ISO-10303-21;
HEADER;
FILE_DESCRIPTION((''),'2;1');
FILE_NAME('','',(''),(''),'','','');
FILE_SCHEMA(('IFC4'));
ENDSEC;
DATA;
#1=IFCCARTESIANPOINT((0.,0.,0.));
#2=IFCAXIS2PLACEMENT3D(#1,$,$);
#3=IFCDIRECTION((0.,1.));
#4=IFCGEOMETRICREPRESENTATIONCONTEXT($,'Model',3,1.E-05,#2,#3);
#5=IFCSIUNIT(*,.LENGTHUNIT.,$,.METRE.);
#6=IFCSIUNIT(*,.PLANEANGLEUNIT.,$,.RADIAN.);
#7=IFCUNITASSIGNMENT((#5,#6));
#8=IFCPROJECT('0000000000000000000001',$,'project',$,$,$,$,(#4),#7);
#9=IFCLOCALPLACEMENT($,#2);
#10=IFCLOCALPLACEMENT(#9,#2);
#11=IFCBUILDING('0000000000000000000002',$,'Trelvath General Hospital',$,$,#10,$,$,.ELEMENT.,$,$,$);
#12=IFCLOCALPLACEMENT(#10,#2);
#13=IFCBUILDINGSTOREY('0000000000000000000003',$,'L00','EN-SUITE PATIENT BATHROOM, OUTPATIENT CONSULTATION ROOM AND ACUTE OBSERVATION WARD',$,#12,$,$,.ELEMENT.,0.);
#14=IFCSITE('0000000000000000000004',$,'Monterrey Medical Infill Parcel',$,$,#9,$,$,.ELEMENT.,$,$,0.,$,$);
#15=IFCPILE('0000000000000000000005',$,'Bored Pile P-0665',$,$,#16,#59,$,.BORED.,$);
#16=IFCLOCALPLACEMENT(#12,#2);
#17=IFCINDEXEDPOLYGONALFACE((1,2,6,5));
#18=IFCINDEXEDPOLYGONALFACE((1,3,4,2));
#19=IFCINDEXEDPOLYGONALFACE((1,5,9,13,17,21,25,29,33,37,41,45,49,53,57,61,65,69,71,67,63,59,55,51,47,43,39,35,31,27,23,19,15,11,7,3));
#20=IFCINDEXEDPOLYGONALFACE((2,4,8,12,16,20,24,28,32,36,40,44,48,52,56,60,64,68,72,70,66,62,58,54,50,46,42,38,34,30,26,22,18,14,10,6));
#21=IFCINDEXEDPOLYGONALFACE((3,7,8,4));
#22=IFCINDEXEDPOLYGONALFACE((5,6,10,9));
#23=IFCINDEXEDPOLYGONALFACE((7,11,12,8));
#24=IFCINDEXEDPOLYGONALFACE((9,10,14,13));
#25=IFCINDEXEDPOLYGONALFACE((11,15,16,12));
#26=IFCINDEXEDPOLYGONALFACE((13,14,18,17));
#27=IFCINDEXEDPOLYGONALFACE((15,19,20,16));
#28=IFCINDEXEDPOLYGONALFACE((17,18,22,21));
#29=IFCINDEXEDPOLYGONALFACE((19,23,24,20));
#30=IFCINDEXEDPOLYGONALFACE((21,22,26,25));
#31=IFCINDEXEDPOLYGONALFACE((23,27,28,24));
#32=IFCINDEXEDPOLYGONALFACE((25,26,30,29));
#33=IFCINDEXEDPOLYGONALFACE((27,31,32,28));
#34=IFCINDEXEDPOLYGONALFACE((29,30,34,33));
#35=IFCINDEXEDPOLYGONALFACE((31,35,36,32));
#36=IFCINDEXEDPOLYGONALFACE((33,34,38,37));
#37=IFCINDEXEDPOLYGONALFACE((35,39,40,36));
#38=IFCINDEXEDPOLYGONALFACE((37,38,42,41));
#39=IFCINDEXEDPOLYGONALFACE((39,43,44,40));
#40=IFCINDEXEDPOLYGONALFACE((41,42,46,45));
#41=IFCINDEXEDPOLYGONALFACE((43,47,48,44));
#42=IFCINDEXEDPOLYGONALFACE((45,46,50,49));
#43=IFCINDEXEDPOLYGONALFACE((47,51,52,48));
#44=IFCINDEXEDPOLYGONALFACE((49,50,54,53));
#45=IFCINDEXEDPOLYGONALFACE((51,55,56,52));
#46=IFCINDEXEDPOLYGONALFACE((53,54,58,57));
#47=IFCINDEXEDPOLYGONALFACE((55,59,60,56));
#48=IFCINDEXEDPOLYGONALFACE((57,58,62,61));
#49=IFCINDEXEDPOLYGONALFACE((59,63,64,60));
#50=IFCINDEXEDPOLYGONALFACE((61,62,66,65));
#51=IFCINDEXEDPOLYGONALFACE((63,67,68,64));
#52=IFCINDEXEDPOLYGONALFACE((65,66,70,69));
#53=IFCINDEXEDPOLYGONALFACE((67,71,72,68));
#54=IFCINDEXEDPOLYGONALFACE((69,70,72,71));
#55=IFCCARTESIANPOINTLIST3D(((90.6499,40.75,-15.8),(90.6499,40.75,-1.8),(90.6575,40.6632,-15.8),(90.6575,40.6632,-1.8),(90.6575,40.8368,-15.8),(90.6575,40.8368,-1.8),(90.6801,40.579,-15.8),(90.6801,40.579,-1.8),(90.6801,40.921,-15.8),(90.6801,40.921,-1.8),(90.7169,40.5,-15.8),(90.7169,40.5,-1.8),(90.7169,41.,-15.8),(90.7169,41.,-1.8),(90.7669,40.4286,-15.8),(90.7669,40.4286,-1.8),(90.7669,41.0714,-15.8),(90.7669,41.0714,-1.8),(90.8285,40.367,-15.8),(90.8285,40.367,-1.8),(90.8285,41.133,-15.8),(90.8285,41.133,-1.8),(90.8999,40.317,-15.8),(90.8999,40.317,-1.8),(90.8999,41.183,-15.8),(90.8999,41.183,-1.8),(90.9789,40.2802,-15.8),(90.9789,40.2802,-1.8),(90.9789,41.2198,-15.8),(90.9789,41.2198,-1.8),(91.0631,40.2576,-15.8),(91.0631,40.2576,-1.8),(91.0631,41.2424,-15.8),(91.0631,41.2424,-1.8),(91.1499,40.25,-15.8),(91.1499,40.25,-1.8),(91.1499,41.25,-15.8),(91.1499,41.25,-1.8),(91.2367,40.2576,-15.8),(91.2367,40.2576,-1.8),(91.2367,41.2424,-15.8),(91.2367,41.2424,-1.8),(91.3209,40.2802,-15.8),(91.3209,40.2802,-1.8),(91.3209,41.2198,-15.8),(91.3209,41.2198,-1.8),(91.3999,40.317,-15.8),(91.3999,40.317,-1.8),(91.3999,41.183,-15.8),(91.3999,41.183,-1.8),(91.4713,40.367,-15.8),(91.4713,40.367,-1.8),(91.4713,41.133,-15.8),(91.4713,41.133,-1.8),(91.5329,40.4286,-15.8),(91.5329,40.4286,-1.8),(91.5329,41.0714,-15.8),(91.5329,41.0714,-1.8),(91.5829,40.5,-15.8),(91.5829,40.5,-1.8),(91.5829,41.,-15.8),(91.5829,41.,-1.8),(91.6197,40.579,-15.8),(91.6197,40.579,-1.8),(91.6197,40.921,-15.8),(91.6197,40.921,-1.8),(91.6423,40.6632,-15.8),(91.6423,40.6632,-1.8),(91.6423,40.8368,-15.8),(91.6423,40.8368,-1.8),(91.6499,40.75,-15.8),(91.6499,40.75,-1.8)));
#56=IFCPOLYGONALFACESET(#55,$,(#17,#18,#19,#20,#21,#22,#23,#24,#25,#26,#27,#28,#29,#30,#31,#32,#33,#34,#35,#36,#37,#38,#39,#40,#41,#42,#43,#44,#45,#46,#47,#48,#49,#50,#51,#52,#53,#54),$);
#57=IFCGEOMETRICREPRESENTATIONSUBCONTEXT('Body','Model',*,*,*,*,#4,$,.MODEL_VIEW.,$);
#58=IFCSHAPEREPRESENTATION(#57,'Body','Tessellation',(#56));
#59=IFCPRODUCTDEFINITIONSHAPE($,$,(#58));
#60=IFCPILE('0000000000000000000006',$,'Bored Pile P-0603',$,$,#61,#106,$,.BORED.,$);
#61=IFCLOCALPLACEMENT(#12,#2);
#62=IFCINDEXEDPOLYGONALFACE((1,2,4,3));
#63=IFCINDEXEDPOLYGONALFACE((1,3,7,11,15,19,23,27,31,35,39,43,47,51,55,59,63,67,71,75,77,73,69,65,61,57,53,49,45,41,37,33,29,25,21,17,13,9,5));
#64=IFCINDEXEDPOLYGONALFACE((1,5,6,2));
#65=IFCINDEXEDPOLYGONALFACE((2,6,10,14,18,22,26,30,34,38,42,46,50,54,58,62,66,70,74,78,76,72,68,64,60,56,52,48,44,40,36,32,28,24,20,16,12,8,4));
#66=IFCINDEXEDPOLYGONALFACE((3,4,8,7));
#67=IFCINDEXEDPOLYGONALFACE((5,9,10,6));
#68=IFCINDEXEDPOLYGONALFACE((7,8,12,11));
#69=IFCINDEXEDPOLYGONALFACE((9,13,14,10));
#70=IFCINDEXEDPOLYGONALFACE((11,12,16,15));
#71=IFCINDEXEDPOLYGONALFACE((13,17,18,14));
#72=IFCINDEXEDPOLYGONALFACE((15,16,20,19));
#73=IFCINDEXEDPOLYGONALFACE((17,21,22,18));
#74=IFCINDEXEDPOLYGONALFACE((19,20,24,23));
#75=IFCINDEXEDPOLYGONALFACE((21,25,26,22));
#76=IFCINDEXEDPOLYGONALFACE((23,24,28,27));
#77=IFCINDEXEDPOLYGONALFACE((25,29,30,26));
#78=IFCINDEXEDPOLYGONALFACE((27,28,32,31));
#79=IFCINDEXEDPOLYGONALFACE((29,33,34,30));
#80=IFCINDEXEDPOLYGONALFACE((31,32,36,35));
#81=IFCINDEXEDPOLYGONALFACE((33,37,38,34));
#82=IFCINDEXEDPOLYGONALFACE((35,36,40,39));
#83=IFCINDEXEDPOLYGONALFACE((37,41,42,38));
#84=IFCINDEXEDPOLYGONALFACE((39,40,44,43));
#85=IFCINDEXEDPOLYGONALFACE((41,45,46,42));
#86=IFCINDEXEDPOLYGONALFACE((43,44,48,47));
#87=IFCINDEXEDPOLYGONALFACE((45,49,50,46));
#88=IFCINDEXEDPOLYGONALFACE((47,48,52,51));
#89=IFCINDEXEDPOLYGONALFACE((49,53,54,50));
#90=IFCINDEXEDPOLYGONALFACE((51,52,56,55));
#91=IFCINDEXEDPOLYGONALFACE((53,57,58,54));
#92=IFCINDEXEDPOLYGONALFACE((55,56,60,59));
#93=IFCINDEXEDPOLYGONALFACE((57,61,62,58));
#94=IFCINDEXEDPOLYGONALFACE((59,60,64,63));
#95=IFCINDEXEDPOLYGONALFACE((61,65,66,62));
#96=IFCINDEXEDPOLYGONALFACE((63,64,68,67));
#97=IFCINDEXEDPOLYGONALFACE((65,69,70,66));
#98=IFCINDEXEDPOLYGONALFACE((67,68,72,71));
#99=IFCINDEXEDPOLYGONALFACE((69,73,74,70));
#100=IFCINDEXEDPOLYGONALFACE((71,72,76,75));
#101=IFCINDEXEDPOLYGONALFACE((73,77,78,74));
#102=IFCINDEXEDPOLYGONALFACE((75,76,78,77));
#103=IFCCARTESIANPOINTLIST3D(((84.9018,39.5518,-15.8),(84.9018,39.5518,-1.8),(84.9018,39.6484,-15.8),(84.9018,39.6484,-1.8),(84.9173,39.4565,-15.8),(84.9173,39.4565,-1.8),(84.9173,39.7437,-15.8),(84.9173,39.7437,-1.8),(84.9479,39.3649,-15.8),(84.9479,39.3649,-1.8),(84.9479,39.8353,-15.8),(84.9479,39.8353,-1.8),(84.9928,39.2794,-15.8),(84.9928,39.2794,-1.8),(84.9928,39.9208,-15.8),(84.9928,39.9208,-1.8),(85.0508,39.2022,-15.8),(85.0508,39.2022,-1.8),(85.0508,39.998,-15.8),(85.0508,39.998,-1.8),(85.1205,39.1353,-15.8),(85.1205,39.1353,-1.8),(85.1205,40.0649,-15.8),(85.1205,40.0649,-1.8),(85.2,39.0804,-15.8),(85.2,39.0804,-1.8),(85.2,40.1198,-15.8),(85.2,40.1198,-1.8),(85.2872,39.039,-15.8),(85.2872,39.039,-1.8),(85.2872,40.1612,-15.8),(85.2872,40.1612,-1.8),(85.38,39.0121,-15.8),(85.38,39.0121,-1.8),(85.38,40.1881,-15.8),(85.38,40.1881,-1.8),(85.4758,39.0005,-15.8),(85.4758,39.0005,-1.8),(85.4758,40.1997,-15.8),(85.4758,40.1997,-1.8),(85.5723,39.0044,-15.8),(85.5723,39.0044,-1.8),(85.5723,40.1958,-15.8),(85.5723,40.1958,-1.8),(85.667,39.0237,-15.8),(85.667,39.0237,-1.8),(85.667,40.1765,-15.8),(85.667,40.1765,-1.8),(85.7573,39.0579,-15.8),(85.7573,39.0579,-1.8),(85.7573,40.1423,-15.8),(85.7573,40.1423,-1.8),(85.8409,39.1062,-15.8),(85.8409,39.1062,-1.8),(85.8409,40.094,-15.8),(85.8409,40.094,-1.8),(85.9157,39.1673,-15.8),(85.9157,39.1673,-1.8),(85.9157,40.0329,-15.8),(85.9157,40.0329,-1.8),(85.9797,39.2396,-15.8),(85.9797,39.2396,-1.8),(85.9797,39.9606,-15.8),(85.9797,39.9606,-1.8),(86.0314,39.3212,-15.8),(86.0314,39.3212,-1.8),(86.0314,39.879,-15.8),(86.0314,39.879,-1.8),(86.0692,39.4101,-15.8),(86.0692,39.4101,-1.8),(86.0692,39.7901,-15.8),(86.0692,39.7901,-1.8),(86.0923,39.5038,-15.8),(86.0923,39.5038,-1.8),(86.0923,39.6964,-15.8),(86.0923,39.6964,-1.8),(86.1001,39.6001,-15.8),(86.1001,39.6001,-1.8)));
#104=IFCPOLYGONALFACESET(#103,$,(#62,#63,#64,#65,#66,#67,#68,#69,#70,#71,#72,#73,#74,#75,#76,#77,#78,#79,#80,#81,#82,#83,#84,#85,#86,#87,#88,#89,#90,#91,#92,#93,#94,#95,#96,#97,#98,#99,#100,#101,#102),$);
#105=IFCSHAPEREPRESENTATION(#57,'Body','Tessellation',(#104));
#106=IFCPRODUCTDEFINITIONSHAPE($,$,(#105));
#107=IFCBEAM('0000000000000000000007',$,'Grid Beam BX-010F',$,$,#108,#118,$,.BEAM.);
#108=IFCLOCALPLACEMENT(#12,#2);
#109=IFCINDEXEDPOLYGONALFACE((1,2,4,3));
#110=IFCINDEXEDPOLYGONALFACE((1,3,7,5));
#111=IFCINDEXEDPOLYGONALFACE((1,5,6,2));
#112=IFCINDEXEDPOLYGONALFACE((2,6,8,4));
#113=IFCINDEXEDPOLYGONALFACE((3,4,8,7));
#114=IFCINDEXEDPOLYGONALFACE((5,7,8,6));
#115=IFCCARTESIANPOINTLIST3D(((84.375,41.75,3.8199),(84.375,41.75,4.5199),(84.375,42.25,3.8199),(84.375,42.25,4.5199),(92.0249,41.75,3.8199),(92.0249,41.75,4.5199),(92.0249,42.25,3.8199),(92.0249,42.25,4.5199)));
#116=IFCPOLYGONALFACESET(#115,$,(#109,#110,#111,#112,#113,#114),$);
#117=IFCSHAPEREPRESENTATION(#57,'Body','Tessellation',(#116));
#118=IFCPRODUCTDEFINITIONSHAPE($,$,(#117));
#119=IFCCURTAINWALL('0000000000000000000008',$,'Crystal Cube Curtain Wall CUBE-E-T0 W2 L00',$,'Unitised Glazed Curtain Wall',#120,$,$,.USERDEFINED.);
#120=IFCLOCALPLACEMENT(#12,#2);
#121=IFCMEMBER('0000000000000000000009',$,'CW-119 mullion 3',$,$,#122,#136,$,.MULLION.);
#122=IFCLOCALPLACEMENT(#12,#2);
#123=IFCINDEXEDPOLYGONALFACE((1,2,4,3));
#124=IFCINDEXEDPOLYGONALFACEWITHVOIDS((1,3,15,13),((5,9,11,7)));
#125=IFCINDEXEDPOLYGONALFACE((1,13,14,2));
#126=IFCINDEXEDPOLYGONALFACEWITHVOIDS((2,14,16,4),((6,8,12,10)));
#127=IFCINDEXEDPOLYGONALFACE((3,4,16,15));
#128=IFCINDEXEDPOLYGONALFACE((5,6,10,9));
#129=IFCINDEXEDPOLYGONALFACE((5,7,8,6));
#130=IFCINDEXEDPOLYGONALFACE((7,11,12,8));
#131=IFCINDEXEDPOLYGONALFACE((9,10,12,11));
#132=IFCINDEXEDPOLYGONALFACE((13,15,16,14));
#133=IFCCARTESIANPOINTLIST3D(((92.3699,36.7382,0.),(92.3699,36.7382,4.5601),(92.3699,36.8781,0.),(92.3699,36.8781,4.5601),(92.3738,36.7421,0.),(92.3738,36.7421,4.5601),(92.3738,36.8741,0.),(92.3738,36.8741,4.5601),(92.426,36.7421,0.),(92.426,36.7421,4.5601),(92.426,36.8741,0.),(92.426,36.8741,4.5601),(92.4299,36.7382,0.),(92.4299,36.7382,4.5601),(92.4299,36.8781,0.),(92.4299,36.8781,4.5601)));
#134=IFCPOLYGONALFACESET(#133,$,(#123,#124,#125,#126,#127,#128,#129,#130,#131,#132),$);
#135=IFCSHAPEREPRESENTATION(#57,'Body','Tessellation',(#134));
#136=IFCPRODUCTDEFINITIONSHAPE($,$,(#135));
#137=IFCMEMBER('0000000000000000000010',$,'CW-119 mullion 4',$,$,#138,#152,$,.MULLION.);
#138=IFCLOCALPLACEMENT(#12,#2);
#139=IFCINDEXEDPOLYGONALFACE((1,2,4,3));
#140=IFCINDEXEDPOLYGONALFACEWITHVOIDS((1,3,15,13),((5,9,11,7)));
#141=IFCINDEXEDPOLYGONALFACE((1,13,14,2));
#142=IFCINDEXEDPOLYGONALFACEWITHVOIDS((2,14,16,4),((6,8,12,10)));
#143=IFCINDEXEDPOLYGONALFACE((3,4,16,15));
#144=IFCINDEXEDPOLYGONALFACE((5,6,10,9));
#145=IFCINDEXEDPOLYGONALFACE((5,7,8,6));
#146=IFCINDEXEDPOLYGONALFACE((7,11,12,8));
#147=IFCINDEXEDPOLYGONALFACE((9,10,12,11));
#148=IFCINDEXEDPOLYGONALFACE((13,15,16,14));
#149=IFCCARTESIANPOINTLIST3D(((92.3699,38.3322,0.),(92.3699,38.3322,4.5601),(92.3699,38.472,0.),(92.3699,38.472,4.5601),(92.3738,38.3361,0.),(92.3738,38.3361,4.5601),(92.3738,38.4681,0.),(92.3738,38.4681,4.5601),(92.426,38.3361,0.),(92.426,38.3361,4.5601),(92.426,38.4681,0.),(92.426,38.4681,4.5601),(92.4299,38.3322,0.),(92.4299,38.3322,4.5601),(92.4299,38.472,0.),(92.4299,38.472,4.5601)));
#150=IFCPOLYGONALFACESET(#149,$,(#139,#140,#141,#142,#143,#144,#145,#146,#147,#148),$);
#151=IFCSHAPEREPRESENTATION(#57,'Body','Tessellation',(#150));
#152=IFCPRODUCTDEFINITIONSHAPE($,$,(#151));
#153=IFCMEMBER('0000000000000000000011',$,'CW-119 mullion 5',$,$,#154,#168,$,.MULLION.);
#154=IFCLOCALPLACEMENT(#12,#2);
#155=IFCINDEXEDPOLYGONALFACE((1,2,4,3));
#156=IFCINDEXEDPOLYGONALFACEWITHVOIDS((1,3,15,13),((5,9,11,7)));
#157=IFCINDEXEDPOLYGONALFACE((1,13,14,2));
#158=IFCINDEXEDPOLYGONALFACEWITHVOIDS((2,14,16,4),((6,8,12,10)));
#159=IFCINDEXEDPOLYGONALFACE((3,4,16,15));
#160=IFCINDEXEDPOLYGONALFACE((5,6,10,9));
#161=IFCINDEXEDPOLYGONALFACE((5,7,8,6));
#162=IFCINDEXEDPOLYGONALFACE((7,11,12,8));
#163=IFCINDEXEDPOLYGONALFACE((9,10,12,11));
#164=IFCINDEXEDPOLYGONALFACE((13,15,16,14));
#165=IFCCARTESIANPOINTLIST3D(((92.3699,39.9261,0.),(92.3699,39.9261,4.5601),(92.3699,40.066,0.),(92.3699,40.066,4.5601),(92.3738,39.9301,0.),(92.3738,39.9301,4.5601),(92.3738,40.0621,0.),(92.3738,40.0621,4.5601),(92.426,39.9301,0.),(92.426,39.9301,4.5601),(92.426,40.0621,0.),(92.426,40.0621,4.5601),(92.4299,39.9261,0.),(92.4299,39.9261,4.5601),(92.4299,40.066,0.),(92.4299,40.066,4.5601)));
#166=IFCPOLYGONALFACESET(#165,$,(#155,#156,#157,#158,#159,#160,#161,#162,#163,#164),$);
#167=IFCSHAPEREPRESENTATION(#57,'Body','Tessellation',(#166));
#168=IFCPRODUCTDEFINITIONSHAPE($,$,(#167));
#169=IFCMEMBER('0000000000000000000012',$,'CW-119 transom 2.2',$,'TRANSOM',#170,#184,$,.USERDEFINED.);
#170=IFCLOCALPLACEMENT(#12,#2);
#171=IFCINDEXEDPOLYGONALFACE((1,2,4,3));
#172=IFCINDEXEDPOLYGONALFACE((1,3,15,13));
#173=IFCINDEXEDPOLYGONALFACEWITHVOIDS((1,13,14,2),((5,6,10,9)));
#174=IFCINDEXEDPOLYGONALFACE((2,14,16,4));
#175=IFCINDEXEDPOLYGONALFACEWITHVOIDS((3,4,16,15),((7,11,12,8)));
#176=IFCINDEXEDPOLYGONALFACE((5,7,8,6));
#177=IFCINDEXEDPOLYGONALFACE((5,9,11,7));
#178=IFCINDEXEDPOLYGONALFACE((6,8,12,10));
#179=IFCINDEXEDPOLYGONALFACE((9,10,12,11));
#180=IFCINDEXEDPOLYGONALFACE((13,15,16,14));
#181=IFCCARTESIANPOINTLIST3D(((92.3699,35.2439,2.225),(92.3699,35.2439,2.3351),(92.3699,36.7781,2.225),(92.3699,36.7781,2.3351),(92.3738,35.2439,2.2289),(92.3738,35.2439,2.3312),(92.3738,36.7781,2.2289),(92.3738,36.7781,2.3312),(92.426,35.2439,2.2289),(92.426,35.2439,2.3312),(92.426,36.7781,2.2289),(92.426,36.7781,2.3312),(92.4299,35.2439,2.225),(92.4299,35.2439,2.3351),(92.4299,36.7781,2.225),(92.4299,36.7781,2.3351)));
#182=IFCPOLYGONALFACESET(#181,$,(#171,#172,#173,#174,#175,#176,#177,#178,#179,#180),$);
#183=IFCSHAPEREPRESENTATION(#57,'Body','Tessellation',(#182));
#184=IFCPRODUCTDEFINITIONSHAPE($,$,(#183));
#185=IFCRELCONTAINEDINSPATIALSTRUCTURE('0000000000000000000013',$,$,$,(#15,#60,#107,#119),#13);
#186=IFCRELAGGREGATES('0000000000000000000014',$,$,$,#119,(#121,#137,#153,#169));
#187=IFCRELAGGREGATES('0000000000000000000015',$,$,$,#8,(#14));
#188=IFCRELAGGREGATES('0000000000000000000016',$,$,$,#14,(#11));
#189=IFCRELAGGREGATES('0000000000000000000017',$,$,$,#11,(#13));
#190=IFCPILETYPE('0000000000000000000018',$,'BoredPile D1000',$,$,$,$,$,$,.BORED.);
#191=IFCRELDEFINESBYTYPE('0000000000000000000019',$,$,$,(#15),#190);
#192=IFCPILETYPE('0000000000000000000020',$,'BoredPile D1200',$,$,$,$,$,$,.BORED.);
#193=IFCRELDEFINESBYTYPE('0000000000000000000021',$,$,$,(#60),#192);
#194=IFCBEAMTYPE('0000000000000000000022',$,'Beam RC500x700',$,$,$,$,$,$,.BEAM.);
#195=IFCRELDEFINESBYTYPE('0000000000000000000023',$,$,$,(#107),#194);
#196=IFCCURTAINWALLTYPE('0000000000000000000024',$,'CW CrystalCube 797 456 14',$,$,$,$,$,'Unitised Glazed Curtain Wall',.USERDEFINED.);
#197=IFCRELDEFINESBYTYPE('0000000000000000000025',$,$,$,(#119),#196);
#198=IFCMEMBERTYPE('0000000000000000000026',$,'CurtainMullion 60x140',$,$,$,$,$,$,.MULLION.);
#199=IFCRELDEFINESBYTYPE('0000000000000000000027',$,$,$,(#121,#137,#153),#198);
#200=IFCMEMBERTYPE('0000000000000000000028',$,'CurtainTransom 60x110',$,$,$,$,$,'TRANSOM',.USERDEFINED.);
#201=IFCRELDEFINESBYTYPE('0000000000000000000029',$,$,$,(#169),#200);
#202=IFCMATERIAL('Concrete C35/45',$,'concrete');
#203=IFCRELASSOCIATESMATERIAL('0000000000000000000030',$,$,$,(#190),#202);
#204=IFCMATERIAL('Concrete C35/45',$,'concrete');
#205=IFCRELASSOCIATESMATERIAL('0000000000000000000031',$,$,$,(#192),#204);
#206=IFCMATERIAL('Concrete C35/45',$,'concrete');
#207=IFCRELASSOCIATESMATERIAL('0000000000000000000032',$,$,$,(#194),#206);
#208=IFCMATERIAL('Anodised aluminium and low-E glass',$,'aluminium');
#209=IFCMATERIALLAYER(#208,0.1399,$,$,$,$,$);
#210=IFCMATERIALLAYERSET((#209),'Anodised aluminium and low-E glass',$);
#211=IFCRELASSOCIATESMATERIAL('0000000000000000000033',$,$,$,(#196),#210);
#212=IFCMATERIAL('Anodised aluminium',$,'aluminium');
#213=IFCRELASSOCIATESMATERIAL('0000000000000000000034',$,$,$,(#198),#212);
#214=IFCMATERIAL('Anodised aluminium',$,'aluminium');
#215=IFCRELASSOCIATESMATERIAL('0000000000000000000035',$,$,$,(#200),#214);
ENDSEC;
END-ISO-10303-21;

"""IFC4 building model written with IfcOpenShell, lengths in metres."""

from ifc_helpers import new_model, si_unit, direction, frame, origin, origin_2d, place, context, subcontext, project, spatial, rectangle, hollow_rectangle, circle, extrude, material, layer, layer_set, material_profile, profile_set, type_object, element, aggregate, save


model = new_model("IFC4")

# Units and contexts
model_context = context("Model", 3, precision=1e-05, world=origin(), true_north=direction((0.0, 1.0)))
body_context = subcontext(model_context, "Body", "Model", "MODEL_VIEW")
ifc_project = project(units=[si_unit("LENGTHUNIT", "METRE"), si_unit("PLANEANGLEUNIT", "RADIAN")], contexts=[model_context])

# Site, building, storey
site_placement = place(None, origin())
site = spatial("IfcSite", under=ifc_project, at=site_placement, Name="Monterrey Medical Infill Parcel", CompositionType="ELEMENT", RefElevation=0.0)
building_placement = place(site_placement, origin())
building = spatial("IfcBuilding", under=site, at=building_placement, Name="Trelvath General Hospital", CompositionType="ELEMENT")
storey_placement = place(building_placement, origin())
storey = spatial("IfcBuildingStorey", under=building, at=storey_placement, Name="L00", Description="EN-SUITE PATIENT BATHROOM, OUTPATIENT CONSULTATION ROOM AND ACUTE OBSERVATION WARD", CompositionType="ELEMENT", Elevation=0.0)

# Piles
ifc_material_1 = material(Name="Concrete C35/45", Category="concrete")
ifc_material_profile_1 = material_profile(ifc_material_1, circle(Radius=0.5, at=origin_2d()), Name="PILE1000")
ifc_profile_set_1 = profile_set([ifc_material_profile_1], Name="Concrete C35/45")
pile_type_1 = type_object("IfcPileType", Name="BoredPile D1000", PredefinedType="BORED", material=ifc_profile_set_1)
pile_1_placement = place(storey_placement, frame((91.1499, 40.75, -1.8), z_axis=(0.0, 0.0, -1.0), x_axis=(1.0, 0.0, 0.0)))
element("IfcPile", 1, at=pile_1_placement, inside=storey, type_object=pile_type_1, Name="Bored Pile P-0665", PredefinedType="BORED", context=body_context, shape_type="SweptSolid", body=[
    extrude(circle(Radius=0.5, at=origin_2d()), origin(), (0.0, 0.0, 1.0), 14.0),
])
ifc_material_2 = material(Name="Concrete C35/45", Category="concrete")
ifc_material_profile_2 = material_profile(ifc_material_2, circle(Radius=0.6001, at=origin_2d()), Name="PILE1200")
ifc_profile_set_2 = profile_set([ifc_material_profile_2], Name="Concrete C35/45")
pile_type_2 = type_object("IfcPileType", Name="BoredPile D1200", PredefinedType="BORED", material=ifc_profile_set_2)
pile_2_placement = place(storey_placement, frame((85.5, 39.6001, -1.8), z_axis=(0.0, 0.0, -1.0), x_axis=(1.0, 0.0, 0.0)))
element("IfcPile", 2, at=pile_2_placement, inside=storey, type_object=pile_type_2, Name="Bored Pile P-0603", PredefinedType="BORED", context=body_context, shape_type="SweptSolid", body=[
    extrude(circle(Radius=0.6001, at=origin_2d()), origin(), (0.0, 0.0, 1.0), 14.0),
])

# Beam
ifc_material_3 = material(Name="Concrete C35/45", Category="concrete")
ifc_material_profile_3 = material_profile(ifc_material_3, rectangle(XDim=0.5, YDim=0.7, at=origin_2d()), Name="RCB500x700")
ifc_profile_set_3 = profile_set([ifc_material_profile_3], Name="Concrete C35/45")
beam_type = type_object("IfcBeamType", Name="Beam RC500x700", PredefinedType="BEAM", material=ifc_profile_set_3)
beam_placement = place(storey_placement, frame((84.375, 42.0, 4.1699), z_axis=(1.0, 0.0, 0.0), x_axis=(0.0, 1.0, 0.0)))
element("IfcBeam", 3, at=beam_placement, inside=storey, type_object=beam_type, Name="Grid Beam BX-010F", PredefinedType="BEAM", context=body_context, shape_type="SweptSolid", body=[
    extrude(rectangle(XDim=0.5, YDim=0.7, at=origin_2d()), origin(), (0.0, 0.0, 1.0), 7.6499),
])

# Curtain wall, members
ifc_material_4 = material(Name="Anodised aluminium and low-E glass", Category="aluminium")
ifc_layer_1 = layer(ifc_material_4, 0.1399)
ifc_layer_set_1 = layer_set([ifc_layer_1], Name="Anodised aluminium and low-E glass")
curtain_wall_type = type_object("IfcCurtainWallType", Name="CW CrystalCube 797 456 14", ElementType="Unitised Glazed Curtain Wall", PredefinedType="USERDEFINED", material=ifc_layer_set_1)
curtain_wall_placement = place(storey_placement, origin())
curtain_wall = element("IfcCurtainWall", 4, at=curtain_wall_placement, inside=storey, type_object=curtain_wall_type, Name="Crystal Cube Curtain Wall CUBE-E-T0 W2 L00", ObjectType="Unitised Glazed Curtain Wall", PredefinedType="USERDEFINED")
ifc_material_5 = material(Name="Anodised aluminium", Category="aluminium")
ifc_material_profile_4 = material_profile(ifc_material_5, hollow_rectangle(XDim=0.0601, YDim=0.1399, WallThickness=0.0039, at=origin_2d()), Name="RHS60x140x4")
ifc_profile_set_4 = profile_set([ifc_material_profile_4], Name="Anodised aluminium")
member_type_1 = type_object("IfcMemberType", Name="CurtainMullion 60x140", PredefinedType="MULLION", material=ifc_profile_set_4)
member_1_placement = place(storey_placement, frame((92.3999, 36.8081, 0.0), z_axis=(0.0, 0.0, 1.0), x_axis=(-1.0, 0.0, 0.0)))
member_1 = element("IfcMember", 5, at=member_1_placement, type_object=member_type_1, Name="CW-119 mullion 3", PredefinedType="MULLION", context=body_context, shape_type="SweptSolid", body=[
    extrude(hollow_rectangle(XDim=0.0601, YDim=0.1399, WallThickness=0.0039, at=origin_2d()), origin(), (0.0, 0.0, 1.0), 4.5601),
])
member_2_placement = place(storey_placement, frame((92.3999, 38.4021, 0.0), z_axis=(0.0, 0.0, 1.0), x_axis=(-1.0, 0.0, 0.0)))
member_2 = element("IfcMember", 6, at=member_2_placement, type_object=member_type_1, Name="CW-119 mullion 4", PredefinedType="MULLION", context=body_context, shape_type="SweptSolid", body=[
    extrude(hollow_rectangle(XDim=0.0601, YDim=0.1399, WallThickness=0.0039, at=origin_2d()), origin(), (0.0, 0.0, 1.0), 4.5601),
])
member_3_placement = place(storey_placement, frame((92.3999, 39.9961, 0.0), z_axis=(0.0, 0.0, 1.0), x_axis=(-1.0, 0.0, 0.0)))
member_3 = element("IfcMember", 7, at=member_3_placement, type_object=member_type_1, Name="CW-119 mullion 5", PredefinedType="MULLION", context=body_context, shape_type="SweptSolid", body=[
    extrude(hollow_rectangle(XDim=0.0601, YDim=0.1399, WallThickness=0.0039, at=origin_2d()), origin(), (0.0, 0.0, 1.0), 4.5601),
])
ifc_material_6 = material(Name="Anodised aluminium", Category="aluminium")
ifc_material_profile_5 = material_profile(ifc_material_6, hollow_rectangle(XDim=0.0601, YDim=0.1101, WallThickness=0.0039, at=origin_2d()), Name="RHS60x110x4")
ifc_profile_set_5 = profile_set([ifc_material_profile_5], Name="Anodised aluminium")
member_type_2 = type_object("IfcMemberType", Name="CurtainTransom 60x110", ElementType="TRANSOM", PredefinedType="USERDEFINED", material=ifc_profile_set_5)
member_4_placement = place(storey_placement, frame((92.3999, 35.2439, 2.28), z_axis=(0.0, 1.0, 0.0), x_axis=(-1.0, 0.0, 0.0)))
member_4 = element("IfcMember", 8, at=member_4_placement, type_object=member_type_2, Name="CW-119 transom 2.2", ObjectType="TRANSOM", PredefinedType="USERDEFINED", context=body_context, shape_type="SweptSolid", body=[
    extrude(hollow_rectangle(XDim=0.0601, YDim=0.1101, WallThickness=0.0039, at=origin_2d()), origin(), (0.0, 0.0, 1.0), 1.5342),
])
aggregate(curtain_wall, [member_1, member_2, member_3, member_4])

save(model, "model.ifc")
